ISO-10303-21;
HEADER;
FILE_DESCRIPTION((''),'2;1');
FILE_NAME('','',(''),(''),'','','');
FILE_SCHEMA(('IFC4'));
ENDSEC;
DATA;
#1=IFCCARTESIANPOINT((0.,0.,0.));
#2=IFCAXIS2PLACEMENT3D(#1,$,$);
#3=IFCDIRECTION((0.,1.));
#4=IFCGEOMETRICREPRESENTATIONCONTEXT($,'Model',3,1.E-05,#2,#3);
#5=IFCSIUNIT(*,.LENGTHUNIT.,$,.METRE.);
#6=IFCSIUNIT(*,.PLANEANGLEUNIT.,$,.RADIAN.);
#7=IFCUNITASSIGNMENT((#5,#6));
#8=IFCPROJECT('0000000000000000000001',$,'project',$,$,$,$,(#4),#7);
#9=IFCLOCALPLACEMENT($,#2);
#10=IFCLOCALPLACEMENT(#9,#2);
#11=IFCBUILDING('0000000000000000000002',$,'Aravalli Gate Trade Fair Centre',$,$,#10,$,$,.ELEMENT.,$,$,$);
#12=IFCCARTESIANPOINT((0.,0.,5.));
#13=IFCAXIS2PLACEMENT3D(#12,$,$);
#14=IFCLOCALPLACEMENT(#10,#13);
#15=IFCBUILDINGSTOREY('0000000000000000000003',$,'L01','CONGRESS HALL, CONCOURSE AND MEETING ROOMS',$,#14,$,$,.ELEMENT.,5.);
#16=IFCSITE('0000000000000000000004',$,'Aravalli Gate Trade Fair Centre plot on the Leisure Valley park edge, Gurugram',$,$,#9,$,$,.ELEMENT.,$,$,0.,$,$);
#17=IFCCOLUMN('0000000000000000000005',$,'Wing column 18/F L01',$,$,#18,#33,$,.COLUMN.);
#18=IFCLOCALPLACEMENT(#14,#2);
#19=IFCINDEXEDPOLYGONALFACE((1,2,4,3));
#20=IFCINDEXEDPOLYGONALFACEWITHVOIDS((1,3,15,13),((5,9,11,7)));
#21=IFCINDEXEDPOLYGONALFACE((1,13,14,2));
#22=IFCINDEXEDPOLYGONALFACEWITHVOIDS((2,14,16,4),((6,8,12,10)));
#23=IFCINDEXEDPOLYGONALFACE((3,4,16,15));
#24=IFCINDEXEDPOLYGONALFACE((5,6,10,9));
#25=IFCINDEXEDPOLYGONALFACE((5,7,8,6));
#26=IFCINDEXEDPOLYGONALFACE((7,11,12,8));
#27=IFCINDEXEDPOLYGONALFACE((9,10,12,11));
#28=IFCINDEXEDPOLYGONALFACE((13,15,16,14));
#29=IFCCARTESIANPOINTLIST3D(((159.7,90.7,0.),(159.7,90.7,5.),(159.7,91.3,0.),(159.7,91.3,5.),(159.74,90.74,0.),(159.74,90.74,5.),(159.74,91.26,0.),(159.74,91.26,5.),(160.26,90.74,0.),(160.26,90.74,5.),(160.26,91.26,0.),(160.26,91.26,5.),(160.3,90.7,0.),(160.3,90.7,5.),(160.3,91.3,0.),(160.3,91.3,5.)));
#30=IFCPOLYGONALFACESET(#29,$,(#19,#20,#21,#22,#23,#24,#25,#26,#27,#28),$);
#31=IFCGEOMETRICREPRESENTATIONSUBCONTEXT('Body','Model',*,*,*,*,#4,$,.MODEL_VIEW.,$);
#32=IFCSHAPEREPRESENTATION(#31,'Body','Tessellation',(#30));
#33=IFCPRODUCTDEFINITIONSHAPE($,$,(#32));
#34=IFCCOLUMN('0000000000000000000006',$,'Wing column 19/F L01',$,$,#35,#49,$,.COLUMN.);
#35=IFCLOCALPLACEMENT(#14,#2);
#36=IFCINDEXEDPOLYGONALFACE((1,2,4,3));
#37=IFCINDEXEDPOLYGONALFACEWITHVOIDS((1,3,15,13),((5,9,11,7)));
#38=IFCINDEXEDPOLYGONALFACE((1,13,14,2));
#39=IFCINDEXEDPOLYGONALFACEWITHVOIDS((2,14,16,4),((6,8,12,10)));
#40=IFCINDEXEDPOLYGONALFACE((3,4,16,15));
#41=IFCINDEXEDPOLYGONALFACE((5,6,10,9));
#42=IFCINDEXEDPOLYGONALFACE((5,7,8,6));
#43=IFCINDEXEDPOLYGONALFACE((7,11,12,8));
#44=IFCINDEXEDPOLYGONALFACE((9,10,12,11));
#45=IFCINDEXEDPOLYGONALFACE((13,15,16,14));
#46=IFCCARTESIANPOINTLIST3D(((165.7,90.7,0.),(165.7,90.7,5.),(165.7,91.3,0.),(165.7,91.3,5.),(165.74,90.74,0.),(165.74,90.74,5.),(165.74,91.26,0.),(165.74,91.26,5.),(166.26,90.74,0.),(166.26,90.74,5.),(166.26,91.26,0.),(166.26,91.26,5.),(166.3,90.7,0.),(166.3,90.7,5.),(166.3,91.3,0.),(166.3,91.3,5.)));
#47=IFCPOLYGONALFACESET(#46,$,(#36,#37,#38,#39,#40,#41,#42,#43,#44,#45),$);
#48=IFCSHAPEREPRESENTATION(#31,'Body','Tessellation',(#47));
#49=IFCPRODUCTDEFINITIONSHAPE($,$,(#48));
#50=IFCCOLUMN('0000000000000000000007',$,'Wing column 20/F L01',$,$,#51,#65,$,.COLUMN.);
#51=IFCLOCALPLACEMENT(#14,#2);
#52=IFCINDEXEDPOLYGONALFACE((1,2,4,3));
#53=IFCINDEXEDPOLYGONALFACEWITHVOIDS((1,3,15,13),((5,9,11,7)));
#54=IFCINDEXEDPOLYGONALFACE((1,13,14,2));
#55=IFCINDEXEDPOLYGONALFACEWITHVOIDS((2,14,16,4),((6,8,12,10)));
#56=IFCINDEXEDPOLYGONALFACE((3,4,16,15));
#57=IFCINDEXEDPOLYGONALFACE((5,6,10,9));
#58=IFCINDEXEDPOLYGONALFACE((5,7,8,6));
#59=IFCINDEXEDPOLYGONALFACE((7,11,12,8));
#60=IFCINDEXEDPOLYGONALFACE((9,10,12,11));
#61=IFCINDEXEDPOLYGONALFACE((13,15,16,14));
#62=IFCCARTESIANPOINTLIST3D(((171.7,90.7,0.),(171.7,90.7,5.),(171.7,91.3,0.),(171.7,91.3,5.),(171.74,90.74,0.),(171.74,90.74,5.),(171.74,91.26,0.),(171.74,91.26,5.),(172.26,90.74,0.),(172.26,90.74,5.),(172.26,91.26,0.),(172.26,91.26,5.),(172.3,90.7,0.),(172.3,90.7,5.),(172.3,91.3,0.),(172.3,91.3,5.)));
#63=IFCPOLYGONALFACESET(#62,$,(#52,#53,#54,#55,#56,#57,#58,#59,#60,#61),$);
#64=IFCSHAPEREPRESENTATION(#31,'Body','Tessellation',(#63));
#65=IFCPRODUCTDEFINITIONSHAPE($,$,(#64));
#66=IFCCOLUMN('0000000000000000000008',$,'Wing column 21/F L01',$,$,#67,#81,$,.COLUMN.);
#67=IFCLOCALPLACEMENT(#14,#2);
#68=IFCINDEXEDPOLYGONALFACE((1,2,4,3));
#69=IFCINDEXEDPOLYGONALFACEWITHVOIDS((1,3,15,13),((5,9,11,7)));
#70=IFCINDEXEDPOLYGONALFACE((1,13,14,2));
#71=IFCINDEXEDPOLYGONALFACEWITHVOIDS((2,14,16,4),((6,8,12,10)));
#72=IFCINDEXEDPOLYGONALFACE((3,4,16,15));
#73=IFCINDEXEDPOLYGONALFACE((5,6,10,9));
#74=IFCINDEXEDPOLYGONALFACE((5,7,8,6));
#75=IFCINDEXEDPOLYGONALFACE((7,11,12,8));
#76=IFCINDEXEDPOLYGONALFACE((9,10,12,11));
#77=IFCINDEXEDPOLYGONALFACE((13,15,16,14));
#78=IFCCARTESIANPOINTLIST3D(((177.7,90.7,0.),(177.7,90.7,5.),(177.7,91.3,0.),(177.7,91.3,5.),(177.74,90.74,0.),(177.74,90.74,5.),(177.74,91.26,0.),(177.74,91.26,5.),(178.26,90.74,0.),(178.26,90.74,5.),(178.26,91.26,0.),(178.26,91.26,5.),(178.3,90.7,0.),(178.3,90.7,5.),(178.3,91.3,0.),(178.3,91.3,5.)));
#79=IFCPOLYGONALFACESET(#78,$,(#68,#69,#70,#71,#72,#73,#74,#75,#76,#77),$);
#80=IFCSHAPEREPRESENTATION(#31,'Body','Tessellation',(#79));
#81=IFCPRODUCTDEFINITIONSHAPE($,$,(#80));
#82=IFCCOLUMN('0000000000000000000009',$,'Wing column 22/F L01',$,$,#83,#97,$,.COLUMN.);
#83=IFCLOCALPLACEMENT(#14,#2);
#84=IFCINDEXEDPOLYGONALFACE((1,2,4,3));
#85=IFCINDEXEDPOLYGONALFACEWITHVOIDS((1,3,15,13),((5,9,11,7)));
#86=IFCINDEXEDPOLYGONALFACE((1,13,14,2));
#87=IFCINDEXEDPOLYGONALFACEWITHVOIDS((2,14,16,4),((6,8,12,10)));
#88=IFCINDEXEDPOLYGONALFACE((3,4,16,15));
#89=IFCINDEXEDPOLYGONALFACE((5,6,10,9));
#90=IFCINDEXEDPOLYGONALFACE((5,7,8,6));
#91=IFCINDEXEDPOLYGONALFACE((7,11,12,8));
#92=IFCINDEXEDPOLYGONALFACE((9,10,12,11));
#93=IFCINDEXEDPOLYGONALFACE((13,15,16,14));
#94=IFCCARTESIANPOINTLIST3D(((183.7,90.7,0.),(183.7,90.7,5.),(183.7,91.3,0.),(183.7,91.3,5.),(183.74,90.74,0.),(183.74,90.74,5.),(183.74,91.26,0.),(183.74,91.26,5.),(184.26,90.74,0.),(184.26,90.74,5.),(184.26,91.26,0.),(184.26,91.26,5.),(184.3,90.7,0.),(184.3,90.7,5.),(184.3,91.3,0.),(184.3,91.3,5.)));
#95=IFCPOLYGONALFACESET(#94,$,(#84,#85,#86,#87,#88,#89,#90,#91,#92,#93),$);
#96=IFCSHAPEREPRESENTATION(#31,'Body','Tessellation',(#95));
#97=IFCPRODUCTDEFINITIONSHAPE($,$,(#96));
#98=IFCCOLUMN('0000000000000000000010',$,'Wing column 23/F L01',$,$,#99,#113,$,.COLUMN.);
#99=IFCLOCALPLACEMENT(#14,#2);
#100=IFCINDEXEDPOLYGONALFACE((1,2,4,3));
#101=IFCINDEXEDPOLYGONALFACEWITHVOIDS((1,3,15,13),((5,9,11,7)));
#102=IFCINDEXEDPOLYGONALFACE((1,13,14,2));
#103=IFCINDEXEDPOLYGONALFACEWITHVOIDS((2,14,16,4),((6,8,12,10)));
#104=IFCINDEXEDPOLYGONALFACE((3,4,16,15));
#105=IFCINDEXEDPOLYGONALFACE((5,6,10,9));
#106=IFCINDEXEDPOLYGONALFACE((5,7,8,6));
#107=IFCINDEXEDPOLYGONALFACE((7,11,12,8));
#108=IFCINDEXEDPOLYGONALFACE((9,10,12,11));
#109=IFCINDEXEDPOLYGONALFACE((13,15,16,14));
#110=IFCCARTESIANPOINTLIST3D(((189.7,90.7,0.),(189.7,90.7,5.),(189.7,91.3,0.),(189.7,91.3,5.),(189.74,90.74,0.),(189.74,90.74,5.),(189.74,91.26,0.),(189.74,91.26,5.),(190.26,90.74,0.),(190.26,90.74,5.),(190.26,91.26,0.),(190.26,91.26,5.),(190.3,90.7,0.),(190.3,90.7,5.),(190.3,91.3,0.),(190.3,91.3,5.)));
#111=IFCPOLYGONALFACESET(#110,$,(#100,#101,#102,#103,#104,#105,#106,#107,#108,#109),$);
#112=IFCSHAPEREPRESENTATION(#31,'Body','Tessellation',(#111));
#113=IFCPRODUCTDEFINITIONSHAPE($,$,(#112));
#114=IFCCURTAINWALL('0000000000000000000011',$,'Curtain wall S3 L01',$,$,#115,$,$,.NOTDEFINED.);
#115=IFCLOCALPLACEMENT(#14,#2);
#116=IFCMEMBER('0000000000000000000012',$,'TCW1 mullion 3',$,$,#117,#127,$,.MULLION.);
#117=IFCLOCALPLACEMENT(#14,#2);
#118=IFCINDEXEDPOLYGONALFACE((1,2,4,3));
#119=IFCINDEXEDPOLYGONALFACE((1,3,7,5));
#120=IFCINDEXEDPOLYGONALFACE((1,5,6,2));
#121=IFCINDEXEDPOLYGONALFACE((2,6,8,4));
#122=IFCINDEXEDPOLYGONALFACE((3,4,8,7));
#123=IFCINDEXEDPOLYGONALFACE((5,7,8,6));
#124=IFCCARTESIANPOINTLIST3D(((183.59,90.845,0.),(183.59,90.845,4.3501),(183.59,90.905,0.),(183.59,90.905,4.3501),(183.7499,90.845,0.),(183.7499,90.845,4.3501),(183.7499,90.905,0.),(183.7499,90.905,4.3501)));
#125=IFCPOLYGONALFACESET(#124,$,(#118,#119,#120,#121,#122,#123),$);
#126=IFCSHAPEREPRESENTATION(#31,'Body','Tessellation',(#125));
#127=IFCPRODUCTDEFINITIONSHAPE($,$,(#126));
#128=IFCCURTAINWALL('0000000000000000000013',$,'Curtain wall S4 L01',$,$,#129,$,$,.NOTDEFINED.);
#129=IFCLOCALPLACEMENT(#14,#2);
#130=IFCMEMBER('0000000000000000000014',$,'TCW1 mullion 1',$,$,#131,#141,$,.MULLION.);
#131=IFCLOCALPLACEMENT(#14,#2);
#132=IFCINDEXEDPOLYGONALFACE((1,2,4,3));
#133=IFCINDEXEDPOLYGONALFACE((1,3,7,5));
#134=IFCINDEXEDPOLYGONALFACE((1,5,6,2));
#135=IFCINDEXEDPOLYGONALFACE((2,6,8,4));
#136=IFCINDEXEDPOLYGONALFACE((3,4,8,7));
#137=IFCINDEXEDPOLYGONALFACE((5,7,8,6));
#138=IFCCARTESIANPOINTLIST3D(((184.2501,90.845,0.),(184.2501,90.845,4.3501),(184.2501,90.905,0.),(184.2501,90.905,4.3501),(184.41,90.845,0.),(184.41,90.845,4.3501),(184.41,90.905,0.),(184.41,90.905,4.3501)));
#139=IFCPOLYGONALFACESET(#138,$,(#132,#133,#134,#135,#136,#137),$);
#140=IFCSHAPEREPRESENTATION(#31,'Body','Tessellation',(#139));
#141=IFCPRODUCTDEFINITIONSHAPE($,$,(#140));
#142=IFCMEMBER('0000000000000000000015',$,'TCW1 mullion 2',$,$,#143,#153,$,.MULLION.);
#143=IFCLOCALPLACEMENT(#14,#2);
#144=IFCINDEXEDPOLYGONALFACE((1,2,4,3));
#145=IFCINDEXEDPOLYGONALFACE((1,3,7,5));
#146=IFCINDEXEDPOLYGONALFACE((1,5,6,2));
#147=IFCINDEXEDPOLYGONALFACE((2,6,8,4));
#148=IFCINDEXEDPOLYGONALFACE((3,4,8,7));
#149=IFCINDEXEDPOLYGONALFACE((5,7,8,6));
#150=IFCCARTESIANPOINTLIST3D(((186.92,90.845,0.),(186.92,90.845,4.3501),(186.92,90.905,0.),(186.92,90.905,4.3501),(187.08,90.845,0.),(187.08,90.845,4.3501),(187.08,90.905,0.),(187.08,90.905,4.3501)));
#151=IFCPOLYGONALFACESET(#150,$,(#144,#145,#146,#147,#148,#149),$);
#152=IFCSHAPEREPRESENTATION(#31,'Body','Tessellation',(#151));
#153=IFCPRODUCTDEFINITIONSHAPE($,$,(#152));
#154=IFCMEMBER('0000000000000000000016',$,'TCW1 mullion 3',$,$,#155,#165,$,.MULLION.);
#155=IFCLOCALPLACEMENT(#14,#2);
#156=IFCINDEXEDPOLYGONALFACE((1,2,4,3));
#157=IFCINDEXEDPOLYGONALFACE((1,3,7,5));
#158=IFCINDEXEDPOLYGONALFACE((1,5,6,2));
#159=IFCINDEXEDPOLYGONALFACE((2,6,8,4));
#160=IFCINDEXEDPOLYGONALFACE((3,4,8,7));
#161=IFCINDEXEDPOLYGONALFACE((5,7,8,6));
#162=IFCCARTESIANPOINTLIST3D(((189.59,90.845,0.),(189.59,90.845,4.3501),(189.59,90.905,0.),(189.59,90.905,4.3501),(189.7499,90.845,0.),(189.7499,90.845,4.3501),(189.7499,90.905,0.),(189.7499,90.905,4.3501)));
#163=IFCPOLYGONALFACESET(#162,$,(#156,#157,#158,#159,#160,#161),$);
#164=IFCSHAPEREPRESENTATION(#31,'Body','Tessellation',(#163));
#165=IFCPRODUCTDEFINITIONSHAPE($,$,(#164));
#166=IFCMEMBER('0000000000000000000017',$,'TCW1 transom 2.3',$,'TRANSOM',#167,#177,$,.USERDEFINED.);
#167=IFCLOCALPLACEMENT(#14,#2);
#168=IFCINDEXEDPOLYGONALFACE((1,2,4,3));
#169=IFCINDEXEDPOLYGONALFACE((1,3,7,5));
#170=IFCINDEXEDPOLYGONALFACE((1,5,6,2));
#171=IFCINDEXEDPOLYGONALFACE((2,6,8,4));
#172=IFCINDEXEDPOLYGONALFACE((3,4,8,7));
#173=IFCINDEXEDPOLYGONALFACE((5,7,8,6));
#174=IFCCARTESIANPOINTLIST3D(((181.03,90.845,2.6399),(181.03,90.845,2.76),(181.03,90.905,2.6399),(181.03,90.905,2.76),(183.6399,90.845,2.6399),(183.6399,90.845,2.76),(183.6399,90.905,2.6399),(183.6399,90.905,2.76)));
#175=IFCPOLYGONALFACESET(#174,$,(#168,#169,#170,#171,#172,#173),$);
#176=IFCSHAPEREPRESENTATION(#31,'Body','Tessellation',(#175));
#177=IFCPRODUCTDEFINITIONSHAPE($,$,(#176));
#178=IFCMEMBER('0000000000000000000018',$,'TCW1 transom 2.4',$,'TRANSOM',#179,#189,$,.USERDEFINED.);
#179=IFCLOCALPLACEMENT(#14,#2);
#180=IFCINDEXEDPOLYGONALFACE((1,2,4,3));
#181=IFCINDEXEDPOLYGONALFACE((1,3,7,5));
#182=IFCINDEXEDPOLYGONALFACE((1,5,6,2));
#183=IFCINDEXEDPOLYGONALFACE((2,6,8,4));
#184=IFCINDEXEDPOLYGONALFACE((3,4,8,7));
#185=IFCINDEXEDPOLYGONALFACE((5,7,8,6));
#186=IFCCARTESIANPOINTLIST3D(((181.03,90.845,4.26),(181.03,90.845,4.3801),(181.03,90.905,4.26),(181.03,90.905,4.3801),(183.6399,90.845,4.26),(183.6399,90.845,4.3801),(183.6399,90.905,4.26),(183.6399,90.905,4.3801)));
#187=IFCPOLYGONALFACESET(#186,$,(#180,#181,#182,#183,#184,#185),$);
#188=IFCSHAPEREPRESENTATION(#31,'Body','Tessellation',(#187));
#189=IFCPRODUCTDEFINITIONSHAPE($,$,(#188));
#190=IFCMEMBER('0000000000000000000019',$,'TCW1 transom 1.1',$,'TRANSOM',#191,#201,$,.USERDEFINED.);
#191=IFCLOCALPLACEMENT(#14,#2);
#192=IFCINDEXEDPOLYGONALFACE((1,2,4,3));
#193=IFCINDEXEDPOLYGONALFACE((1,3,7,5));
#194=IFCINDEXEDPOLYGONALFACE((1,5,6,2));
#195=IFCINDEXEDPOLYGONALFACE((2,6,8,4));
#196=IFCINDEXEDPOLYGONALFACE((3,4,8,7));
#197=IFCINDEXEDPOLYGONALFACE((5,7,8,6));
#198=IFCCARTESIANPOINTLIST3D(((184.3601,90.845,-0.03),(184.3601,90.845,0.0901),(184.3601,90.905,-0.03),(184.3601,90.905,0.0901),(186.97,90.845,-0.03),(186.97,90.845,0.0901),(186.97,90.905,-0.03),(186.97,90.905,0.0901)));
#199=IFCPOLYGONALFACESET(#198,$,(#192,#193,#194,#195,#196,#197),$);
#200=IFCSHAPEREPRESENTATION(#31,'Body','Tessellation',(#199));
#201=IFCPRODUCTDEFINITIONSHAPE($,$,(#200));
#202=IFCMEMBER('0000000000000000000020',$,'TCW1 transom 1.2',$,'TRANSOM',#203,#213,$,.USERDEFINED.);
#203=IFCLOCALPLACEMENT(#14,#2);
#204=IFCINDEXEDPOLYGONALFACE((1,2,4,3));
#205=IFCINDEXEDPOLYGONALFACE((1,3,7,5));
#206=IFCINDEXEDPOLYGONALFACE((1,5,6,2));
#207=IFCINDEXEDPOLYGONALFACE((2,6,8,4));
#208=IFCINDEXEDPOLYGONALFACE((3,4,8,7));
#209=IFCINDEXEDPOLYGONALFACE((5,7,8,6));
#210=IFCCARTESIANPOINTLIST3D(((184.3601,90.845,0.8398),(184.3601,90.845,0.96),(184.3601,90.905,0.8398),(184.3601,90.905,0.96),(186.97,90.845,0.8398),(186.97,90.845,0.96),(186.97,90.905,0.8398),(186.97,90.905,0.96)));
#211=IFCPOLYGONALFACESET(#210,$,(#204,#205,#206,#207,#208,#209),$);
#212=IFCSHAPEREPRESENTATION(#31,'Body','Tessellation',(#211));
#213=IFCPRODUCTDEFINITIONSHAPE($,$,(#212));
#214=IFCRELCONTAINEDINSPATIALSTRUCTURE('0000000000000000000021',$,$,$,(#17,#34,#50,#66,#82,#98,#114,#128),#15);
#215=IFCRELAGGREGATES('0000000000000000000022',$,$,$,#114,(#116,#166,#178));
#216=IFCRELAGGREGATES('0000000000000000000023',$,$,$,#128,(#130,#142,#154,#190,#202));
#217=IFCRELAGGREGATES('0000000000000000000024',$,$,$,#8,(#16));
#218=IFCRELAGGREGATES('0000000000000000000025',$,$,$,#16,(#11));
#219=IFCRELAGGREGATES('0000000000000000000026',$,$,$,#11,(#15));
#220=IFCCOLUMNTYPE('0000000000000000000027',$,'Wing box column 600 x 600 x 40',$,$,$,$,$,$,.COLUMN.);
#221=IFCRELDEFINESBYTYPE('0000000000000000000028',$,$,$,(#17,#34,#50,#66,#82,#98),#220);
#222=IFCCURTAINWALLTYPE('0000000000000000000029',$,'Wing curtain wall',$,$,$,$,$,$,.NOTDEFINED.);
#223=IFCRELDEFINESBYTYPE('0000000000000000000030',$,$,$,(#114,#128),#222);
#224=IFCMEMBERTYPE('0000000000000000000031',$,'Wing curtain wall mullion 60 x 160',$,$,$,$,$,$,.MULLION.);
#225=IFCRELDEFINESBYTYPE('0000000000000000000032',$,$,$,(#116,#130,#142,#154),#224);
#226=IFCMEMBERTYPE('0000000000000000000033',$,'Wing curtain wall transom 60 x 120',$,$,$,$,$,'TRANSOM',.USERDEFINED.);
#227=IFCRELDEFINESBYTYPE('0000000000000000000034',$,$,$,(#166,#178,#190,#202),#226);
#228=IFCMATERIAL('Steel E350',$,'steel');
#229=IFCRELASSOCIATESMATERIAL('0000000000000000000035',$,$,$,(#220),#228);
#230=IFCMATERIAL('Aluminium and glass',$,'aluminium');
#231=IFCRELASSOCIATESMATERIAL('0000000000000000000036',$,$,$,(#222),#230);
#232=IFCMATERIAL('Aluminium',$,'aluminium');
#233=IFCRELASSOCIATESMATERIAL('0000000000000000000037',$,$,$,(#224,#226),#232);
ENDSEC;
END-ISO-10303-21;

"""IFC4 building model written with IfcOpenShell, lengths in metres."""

from ifc_helpers import new_model, si_unit, direction, frame, origin, origin_2d, place, context, subcontext, project, spatial, rectangle, hollow_rectangle, extrude, material, material_profile, profile_set, type_object, element, aggregate, save


model = new_model("IFC4")

# Units and contexts
model_context = context("Model", 3, precision=1e-05, world=origin(), true_north=direction((0.0, 1.0)))
body_context = subcontext(model_context, "Body", "Model", "MODEL_VIEW")
ifc_project = project(units=[si_unit("LENGTHUNIT", "METRE"), si_unit("PLANEANGLEUNIT", "RADIAN")], contexts=[model_context])

# Site, building, storey
site_placement = place(None, origin())
site = spatial("IfcSite", under=ifc_project, at=site_placement, Name="Aravalli Gate Trade Fair Centre plot on the Leisure Valley park edge, Gurugram", CompositionType="ELEMENT", RefElevation=0.0)
building_placement = place(site_placement, origin())
building = spatial("IfcBuilding", under=site, at=building_placement, Name="Aravalli Gate Trade Fair Centre", CompositionType="ELEMENT")
storey_placement = place(building_placement, frame((0.0, 0.0, 5.0)))
storey = spatial("IfcBuildingStorey", under=building, at=storey_placement, Name="L01", Description="CONGRESS HALL, CONCOURSE AND MEETING ROOMS", CompositionType="ELEMENT", Elevation=5.0)

# Columns
ifc_material_1 = material(Name="Steel E350", Category="steel")
ifc_material_profile_1 = material_profile(ifc_material_1, hollow_rectangle(XDim=0.6001, YDim=0.6001, WallThickness=0.04, at=origin_2d()), Name="BOX 600x600x40")
ifc_profile_set_1 = profile_set([ifc_material_profile_1], Name="Steel E350")
column_type = type_object("IfcColumnType", Name="Wing box column 600 x 600 x 40", PredefinedType="COLUMN", material=ifc_profile_set_1)
for number, where, z_axis, x_axis, name in (
    (1, (160.0, 91.0, 0.0), (0.0, 0.0, 1.0), (1.0, 0.0, 0.0), "Wing column 18/F L01"),
    (2, (166.0, 91.0, 0.0), (0.0, 0.0, 1.0), (1.0, 0.0, 0.0), "Wing column 19/F L01"),
    (3, (172.0, 91.0, 0.0), (0.0, 0.0, 1.0), (1.0, 0.0, 0.0), "Wing column 20/F L01"),
    (4, (178.0, 91.0, 0.0), (0.0, 0.0, 1.0), (1.0, 0.0, 0.0), "Wing column 21/F L01"),
    (5, (184.0, 91.0, 0.0), (0.0, 0.0, 1.0), (1.0, 0.0, 0.0), "Wing column 22/F L01"),
    (6, (190.0, 91.0, 0.0), (0.0, 0.0, 1.0), (1.0, 0.0, 0.0), "Wing column 23/F L01"),
):
    element("IfcColumn", number, at=place(storey_placement, frame(where, z_axis=z_axis, x_axis=x_axis)), inside=storey, type_object=column_type, Name=name, PredefinedType="COLUMN", context=body_context, shape_type="SweptSolid", body=[
        extrude(hollow_rectangle(XDim=0.6001, YDim=0.6001, WallThickness=0.04, at=origin_2d()), origin(), (0.0, 0.0, 1.0), 5.0),
    ])

# Curtain wall, member
ifc_material_2 = material(Name="Aluminium and glass", Category="aluminium")
curtain_wall_type = type_object("IfcCurtainWallType", Name="Wing curtain wall", PredefinedType="NOTDEFINED", material=ifc_material_2)
curtain_wall_1_placement = place(storey_placement, origin())
curtain_wall_1 = element("IfcCurtainWall", 7, at=curtain_wall_1_placement, inside=storey, type_object=curtain_wall_type, Name="Curtain wall S3 L01", PredefinedType="NOTDEFINED")
ifc_material_3 = material(Name="Aluminium", Category="aluminium")
ifc_material_profile_2 = material_profile(ifc_material_3, rectangle(XDim=0.0601, YDim=0.1599, at=origin_2d()), Name="Wing curtain wall mullion 60 x 160")
ifc_profile_set_2 = profile_set([ifc_material_profile_2], Name="Aluminium")
member_type_1 = type_object("IfcMemberType", Name="Wing curtain wall mullion 60 x 160", PredefinedType="MULLION", material=ifc_profile_set_2)
member_1_placement = place(storey_placement, frame((183.6699, 90.875, 0.0), z_axis=(0.0, 0.0, 1.0), x_axis=(0.0, 1.0, 0.0)))
member_1 = element("IfcMember", 8, at=member_1_placement, type_object=member_type_1, Name="TCW1 mullion 3", PredefinedType="MULLION", context=body_context, shape_type="SweptSolid", body=[
    extrude(rectangle(XDim=0.0601, YDim=0.1599, at=origin_2d()), origin(), (0.0, 0.0, 1.0), 4.3501),
])

# Curtain wall, members
curtain_wall_2_placement = place(storey_placement, origin())
curtain_wall_2 = element("IfcCurtainWall", 9, at=curtain_wall_2_placement, inside=storey, type_object=curtain_wall_type, Name="Curtain wall S4 L01", PredefinedType="NOTDEFINED")
member_2_placement = place(storey_placement, frame((184.3301, 90.875, 0.0), z_axis=(0.0, 0.0, 1.0), x_axis=(0.0, 1.0, 0.0)))
member_2 = element("IfcMember", 10, at=member_2_placement, type_object=member_type_1, Name="TCW1 mullion 1", PredefinedType="MULLION", context=body_context, shape_type="SweptSolid", body=[
    extrude(rectangle(XDim=0.0601, YDim=0.1599, at=origin_2d()), origin(), (0.0, 0.0, 1.0), 4.3501),
])
member_3_placement = place(storey_placement, frame((187.0, 90.875, 0.0), z_axis=(0.0, 0.0, 1.0), x_axis=(0.0, 1.0, 0.0)))
member_3 = element("IfcMember", 11, at=member_3_placement, type_object=member_type_1, Name="TCW1 mullion 2", PredefinedType="MULLION", context=body_context, shape_type="SweptSolid", body=[
    extrude(rectangle(XDim=0.0601, YDim=0.1599, at=origin_2d()), origin(), (0.0, 0.0, 1.0), 4.3501),
])
member_4_placement = place(storey_placement, frame((189.6699, 90.875, 0.0), z_axis=(0.0, 0.0, 1.0), x_axis=(0.0, 1.0, 0.0)))
member_4 = element("IfcMember", 12, at=member_4_placement, type_object=member_type_1, Name="TCW1 mullion 3", PredefinedType="MULLION", context=body_context, shape_type="SweptSolid", body=[
    extrude(rectangle(XDim=0.0601, YDim=0.1599, at=origin_2d()), origin(), (0.0, 0.0, 1.0), 4.3501),
])

# Members
ifc_material_profile_3 = material_profile(ifc_material_3, rectangle(XDim=0.0601, YDim=0.1201, at=origin_2d()), Name="Wing curtain wall transom 60 x 120")
ifc_profile_set_3 = profile_set([ifc_material_profile_3], Name="Aluminium")
member_type_2 = type_object("IfcMemberType", Name="Wing curtain wall transom 60 x 120", ElementType="TRANSOM", PredefinedType="USERDEFINED", material=ifc_profile_set_3)
member_5_placement = place(storey_placement, frame((181.03, 90.875, 2.7), z_axis=(1.0, 0.0, 0.0), x_axis=(0.0, 1.0, 0.0)))
member_5 = element("IfcMember", 13, at=member_5_placement, type_object=member_type_2, Name="TCW1 transom 2.3", ObjectType="TRANSOM", PredefinedType="USERDEFINED", context=body_context, shape_type="SweptSolid", body=[
    extrude(rectangle(XDim=0.0601, YDim=0.1201, at=origin_2d()), origin(), (0.0, 0.0, 1.0), 2.6099),
])
member_6_placement = place(storey_placement, frame((181.03, 90.875, 4.3201), z_axis=(1.0, 0.0, 0.0), x_axis=(0.0, 1.0, 0.0)))
member_6 = element("IfcMember", 14, at=member_6_placement, type_object=member_type_2, Name="TCW1 transom 2.4", ObjectType="TRANSOM", PredefinedType="USERDEFINED", context=body_context, shape_type="SweptSolid", body=[
    extrude(rectangle(XDim=0.0601, YDim=0.1201, at=origin_2d()), origin(), (0.0, 0.0, 1.0), 2.6099),
])
member_7_placement = place(storey_placement, frame((184.3601, 90.875, 0.03), z_axis=(1.0, 0.0, 0.0), x_axis=(0.0, 1.0, 0.0)))
member_7 = element("IfcMember", 15, at=member_7_placement, type_object=member_type_2, Name="TCW1 transom 1.1", ObjectType="TRANSOM", PredefinedType="USERDEFINED", context=body_context, shape_type="SweptSolid", body=[
    extrude(rectangle(XDim=0.0601, YDim=0.1201, at=origin_2d()), origin(), (0.0, 0.0, 1.0), 2.6099),
])
member_8_placement = place(storey_placement, frame((184.3601, 90.875, 0.8999), z_axis=(1.0, 0.0, 0.0), x_axis=(0.0, 1.0, 0.0)))
member_8 = element("IfcMember", 16, at=member_8_placement, type_object=member_type_2, Name="TCW1 transom 1.2", ObjectType="TRANSOM", PredefinedType="USERDEFINED", context=body_context, shape_type="SweptSolid", body=[
    extrude(rectangle(XDim=0.0601, YDim=0.1201, at=origin_2d()), origin(), (0.0, 0.0, 1.0), 2.6099),
])

aggregate(curtain_wall_1, [member_1, member_5, member_6])
aggregate(curtain_wall_2, [member_2, member_3, member_4, member_7, member_8])

save(model, "model.ifc")
